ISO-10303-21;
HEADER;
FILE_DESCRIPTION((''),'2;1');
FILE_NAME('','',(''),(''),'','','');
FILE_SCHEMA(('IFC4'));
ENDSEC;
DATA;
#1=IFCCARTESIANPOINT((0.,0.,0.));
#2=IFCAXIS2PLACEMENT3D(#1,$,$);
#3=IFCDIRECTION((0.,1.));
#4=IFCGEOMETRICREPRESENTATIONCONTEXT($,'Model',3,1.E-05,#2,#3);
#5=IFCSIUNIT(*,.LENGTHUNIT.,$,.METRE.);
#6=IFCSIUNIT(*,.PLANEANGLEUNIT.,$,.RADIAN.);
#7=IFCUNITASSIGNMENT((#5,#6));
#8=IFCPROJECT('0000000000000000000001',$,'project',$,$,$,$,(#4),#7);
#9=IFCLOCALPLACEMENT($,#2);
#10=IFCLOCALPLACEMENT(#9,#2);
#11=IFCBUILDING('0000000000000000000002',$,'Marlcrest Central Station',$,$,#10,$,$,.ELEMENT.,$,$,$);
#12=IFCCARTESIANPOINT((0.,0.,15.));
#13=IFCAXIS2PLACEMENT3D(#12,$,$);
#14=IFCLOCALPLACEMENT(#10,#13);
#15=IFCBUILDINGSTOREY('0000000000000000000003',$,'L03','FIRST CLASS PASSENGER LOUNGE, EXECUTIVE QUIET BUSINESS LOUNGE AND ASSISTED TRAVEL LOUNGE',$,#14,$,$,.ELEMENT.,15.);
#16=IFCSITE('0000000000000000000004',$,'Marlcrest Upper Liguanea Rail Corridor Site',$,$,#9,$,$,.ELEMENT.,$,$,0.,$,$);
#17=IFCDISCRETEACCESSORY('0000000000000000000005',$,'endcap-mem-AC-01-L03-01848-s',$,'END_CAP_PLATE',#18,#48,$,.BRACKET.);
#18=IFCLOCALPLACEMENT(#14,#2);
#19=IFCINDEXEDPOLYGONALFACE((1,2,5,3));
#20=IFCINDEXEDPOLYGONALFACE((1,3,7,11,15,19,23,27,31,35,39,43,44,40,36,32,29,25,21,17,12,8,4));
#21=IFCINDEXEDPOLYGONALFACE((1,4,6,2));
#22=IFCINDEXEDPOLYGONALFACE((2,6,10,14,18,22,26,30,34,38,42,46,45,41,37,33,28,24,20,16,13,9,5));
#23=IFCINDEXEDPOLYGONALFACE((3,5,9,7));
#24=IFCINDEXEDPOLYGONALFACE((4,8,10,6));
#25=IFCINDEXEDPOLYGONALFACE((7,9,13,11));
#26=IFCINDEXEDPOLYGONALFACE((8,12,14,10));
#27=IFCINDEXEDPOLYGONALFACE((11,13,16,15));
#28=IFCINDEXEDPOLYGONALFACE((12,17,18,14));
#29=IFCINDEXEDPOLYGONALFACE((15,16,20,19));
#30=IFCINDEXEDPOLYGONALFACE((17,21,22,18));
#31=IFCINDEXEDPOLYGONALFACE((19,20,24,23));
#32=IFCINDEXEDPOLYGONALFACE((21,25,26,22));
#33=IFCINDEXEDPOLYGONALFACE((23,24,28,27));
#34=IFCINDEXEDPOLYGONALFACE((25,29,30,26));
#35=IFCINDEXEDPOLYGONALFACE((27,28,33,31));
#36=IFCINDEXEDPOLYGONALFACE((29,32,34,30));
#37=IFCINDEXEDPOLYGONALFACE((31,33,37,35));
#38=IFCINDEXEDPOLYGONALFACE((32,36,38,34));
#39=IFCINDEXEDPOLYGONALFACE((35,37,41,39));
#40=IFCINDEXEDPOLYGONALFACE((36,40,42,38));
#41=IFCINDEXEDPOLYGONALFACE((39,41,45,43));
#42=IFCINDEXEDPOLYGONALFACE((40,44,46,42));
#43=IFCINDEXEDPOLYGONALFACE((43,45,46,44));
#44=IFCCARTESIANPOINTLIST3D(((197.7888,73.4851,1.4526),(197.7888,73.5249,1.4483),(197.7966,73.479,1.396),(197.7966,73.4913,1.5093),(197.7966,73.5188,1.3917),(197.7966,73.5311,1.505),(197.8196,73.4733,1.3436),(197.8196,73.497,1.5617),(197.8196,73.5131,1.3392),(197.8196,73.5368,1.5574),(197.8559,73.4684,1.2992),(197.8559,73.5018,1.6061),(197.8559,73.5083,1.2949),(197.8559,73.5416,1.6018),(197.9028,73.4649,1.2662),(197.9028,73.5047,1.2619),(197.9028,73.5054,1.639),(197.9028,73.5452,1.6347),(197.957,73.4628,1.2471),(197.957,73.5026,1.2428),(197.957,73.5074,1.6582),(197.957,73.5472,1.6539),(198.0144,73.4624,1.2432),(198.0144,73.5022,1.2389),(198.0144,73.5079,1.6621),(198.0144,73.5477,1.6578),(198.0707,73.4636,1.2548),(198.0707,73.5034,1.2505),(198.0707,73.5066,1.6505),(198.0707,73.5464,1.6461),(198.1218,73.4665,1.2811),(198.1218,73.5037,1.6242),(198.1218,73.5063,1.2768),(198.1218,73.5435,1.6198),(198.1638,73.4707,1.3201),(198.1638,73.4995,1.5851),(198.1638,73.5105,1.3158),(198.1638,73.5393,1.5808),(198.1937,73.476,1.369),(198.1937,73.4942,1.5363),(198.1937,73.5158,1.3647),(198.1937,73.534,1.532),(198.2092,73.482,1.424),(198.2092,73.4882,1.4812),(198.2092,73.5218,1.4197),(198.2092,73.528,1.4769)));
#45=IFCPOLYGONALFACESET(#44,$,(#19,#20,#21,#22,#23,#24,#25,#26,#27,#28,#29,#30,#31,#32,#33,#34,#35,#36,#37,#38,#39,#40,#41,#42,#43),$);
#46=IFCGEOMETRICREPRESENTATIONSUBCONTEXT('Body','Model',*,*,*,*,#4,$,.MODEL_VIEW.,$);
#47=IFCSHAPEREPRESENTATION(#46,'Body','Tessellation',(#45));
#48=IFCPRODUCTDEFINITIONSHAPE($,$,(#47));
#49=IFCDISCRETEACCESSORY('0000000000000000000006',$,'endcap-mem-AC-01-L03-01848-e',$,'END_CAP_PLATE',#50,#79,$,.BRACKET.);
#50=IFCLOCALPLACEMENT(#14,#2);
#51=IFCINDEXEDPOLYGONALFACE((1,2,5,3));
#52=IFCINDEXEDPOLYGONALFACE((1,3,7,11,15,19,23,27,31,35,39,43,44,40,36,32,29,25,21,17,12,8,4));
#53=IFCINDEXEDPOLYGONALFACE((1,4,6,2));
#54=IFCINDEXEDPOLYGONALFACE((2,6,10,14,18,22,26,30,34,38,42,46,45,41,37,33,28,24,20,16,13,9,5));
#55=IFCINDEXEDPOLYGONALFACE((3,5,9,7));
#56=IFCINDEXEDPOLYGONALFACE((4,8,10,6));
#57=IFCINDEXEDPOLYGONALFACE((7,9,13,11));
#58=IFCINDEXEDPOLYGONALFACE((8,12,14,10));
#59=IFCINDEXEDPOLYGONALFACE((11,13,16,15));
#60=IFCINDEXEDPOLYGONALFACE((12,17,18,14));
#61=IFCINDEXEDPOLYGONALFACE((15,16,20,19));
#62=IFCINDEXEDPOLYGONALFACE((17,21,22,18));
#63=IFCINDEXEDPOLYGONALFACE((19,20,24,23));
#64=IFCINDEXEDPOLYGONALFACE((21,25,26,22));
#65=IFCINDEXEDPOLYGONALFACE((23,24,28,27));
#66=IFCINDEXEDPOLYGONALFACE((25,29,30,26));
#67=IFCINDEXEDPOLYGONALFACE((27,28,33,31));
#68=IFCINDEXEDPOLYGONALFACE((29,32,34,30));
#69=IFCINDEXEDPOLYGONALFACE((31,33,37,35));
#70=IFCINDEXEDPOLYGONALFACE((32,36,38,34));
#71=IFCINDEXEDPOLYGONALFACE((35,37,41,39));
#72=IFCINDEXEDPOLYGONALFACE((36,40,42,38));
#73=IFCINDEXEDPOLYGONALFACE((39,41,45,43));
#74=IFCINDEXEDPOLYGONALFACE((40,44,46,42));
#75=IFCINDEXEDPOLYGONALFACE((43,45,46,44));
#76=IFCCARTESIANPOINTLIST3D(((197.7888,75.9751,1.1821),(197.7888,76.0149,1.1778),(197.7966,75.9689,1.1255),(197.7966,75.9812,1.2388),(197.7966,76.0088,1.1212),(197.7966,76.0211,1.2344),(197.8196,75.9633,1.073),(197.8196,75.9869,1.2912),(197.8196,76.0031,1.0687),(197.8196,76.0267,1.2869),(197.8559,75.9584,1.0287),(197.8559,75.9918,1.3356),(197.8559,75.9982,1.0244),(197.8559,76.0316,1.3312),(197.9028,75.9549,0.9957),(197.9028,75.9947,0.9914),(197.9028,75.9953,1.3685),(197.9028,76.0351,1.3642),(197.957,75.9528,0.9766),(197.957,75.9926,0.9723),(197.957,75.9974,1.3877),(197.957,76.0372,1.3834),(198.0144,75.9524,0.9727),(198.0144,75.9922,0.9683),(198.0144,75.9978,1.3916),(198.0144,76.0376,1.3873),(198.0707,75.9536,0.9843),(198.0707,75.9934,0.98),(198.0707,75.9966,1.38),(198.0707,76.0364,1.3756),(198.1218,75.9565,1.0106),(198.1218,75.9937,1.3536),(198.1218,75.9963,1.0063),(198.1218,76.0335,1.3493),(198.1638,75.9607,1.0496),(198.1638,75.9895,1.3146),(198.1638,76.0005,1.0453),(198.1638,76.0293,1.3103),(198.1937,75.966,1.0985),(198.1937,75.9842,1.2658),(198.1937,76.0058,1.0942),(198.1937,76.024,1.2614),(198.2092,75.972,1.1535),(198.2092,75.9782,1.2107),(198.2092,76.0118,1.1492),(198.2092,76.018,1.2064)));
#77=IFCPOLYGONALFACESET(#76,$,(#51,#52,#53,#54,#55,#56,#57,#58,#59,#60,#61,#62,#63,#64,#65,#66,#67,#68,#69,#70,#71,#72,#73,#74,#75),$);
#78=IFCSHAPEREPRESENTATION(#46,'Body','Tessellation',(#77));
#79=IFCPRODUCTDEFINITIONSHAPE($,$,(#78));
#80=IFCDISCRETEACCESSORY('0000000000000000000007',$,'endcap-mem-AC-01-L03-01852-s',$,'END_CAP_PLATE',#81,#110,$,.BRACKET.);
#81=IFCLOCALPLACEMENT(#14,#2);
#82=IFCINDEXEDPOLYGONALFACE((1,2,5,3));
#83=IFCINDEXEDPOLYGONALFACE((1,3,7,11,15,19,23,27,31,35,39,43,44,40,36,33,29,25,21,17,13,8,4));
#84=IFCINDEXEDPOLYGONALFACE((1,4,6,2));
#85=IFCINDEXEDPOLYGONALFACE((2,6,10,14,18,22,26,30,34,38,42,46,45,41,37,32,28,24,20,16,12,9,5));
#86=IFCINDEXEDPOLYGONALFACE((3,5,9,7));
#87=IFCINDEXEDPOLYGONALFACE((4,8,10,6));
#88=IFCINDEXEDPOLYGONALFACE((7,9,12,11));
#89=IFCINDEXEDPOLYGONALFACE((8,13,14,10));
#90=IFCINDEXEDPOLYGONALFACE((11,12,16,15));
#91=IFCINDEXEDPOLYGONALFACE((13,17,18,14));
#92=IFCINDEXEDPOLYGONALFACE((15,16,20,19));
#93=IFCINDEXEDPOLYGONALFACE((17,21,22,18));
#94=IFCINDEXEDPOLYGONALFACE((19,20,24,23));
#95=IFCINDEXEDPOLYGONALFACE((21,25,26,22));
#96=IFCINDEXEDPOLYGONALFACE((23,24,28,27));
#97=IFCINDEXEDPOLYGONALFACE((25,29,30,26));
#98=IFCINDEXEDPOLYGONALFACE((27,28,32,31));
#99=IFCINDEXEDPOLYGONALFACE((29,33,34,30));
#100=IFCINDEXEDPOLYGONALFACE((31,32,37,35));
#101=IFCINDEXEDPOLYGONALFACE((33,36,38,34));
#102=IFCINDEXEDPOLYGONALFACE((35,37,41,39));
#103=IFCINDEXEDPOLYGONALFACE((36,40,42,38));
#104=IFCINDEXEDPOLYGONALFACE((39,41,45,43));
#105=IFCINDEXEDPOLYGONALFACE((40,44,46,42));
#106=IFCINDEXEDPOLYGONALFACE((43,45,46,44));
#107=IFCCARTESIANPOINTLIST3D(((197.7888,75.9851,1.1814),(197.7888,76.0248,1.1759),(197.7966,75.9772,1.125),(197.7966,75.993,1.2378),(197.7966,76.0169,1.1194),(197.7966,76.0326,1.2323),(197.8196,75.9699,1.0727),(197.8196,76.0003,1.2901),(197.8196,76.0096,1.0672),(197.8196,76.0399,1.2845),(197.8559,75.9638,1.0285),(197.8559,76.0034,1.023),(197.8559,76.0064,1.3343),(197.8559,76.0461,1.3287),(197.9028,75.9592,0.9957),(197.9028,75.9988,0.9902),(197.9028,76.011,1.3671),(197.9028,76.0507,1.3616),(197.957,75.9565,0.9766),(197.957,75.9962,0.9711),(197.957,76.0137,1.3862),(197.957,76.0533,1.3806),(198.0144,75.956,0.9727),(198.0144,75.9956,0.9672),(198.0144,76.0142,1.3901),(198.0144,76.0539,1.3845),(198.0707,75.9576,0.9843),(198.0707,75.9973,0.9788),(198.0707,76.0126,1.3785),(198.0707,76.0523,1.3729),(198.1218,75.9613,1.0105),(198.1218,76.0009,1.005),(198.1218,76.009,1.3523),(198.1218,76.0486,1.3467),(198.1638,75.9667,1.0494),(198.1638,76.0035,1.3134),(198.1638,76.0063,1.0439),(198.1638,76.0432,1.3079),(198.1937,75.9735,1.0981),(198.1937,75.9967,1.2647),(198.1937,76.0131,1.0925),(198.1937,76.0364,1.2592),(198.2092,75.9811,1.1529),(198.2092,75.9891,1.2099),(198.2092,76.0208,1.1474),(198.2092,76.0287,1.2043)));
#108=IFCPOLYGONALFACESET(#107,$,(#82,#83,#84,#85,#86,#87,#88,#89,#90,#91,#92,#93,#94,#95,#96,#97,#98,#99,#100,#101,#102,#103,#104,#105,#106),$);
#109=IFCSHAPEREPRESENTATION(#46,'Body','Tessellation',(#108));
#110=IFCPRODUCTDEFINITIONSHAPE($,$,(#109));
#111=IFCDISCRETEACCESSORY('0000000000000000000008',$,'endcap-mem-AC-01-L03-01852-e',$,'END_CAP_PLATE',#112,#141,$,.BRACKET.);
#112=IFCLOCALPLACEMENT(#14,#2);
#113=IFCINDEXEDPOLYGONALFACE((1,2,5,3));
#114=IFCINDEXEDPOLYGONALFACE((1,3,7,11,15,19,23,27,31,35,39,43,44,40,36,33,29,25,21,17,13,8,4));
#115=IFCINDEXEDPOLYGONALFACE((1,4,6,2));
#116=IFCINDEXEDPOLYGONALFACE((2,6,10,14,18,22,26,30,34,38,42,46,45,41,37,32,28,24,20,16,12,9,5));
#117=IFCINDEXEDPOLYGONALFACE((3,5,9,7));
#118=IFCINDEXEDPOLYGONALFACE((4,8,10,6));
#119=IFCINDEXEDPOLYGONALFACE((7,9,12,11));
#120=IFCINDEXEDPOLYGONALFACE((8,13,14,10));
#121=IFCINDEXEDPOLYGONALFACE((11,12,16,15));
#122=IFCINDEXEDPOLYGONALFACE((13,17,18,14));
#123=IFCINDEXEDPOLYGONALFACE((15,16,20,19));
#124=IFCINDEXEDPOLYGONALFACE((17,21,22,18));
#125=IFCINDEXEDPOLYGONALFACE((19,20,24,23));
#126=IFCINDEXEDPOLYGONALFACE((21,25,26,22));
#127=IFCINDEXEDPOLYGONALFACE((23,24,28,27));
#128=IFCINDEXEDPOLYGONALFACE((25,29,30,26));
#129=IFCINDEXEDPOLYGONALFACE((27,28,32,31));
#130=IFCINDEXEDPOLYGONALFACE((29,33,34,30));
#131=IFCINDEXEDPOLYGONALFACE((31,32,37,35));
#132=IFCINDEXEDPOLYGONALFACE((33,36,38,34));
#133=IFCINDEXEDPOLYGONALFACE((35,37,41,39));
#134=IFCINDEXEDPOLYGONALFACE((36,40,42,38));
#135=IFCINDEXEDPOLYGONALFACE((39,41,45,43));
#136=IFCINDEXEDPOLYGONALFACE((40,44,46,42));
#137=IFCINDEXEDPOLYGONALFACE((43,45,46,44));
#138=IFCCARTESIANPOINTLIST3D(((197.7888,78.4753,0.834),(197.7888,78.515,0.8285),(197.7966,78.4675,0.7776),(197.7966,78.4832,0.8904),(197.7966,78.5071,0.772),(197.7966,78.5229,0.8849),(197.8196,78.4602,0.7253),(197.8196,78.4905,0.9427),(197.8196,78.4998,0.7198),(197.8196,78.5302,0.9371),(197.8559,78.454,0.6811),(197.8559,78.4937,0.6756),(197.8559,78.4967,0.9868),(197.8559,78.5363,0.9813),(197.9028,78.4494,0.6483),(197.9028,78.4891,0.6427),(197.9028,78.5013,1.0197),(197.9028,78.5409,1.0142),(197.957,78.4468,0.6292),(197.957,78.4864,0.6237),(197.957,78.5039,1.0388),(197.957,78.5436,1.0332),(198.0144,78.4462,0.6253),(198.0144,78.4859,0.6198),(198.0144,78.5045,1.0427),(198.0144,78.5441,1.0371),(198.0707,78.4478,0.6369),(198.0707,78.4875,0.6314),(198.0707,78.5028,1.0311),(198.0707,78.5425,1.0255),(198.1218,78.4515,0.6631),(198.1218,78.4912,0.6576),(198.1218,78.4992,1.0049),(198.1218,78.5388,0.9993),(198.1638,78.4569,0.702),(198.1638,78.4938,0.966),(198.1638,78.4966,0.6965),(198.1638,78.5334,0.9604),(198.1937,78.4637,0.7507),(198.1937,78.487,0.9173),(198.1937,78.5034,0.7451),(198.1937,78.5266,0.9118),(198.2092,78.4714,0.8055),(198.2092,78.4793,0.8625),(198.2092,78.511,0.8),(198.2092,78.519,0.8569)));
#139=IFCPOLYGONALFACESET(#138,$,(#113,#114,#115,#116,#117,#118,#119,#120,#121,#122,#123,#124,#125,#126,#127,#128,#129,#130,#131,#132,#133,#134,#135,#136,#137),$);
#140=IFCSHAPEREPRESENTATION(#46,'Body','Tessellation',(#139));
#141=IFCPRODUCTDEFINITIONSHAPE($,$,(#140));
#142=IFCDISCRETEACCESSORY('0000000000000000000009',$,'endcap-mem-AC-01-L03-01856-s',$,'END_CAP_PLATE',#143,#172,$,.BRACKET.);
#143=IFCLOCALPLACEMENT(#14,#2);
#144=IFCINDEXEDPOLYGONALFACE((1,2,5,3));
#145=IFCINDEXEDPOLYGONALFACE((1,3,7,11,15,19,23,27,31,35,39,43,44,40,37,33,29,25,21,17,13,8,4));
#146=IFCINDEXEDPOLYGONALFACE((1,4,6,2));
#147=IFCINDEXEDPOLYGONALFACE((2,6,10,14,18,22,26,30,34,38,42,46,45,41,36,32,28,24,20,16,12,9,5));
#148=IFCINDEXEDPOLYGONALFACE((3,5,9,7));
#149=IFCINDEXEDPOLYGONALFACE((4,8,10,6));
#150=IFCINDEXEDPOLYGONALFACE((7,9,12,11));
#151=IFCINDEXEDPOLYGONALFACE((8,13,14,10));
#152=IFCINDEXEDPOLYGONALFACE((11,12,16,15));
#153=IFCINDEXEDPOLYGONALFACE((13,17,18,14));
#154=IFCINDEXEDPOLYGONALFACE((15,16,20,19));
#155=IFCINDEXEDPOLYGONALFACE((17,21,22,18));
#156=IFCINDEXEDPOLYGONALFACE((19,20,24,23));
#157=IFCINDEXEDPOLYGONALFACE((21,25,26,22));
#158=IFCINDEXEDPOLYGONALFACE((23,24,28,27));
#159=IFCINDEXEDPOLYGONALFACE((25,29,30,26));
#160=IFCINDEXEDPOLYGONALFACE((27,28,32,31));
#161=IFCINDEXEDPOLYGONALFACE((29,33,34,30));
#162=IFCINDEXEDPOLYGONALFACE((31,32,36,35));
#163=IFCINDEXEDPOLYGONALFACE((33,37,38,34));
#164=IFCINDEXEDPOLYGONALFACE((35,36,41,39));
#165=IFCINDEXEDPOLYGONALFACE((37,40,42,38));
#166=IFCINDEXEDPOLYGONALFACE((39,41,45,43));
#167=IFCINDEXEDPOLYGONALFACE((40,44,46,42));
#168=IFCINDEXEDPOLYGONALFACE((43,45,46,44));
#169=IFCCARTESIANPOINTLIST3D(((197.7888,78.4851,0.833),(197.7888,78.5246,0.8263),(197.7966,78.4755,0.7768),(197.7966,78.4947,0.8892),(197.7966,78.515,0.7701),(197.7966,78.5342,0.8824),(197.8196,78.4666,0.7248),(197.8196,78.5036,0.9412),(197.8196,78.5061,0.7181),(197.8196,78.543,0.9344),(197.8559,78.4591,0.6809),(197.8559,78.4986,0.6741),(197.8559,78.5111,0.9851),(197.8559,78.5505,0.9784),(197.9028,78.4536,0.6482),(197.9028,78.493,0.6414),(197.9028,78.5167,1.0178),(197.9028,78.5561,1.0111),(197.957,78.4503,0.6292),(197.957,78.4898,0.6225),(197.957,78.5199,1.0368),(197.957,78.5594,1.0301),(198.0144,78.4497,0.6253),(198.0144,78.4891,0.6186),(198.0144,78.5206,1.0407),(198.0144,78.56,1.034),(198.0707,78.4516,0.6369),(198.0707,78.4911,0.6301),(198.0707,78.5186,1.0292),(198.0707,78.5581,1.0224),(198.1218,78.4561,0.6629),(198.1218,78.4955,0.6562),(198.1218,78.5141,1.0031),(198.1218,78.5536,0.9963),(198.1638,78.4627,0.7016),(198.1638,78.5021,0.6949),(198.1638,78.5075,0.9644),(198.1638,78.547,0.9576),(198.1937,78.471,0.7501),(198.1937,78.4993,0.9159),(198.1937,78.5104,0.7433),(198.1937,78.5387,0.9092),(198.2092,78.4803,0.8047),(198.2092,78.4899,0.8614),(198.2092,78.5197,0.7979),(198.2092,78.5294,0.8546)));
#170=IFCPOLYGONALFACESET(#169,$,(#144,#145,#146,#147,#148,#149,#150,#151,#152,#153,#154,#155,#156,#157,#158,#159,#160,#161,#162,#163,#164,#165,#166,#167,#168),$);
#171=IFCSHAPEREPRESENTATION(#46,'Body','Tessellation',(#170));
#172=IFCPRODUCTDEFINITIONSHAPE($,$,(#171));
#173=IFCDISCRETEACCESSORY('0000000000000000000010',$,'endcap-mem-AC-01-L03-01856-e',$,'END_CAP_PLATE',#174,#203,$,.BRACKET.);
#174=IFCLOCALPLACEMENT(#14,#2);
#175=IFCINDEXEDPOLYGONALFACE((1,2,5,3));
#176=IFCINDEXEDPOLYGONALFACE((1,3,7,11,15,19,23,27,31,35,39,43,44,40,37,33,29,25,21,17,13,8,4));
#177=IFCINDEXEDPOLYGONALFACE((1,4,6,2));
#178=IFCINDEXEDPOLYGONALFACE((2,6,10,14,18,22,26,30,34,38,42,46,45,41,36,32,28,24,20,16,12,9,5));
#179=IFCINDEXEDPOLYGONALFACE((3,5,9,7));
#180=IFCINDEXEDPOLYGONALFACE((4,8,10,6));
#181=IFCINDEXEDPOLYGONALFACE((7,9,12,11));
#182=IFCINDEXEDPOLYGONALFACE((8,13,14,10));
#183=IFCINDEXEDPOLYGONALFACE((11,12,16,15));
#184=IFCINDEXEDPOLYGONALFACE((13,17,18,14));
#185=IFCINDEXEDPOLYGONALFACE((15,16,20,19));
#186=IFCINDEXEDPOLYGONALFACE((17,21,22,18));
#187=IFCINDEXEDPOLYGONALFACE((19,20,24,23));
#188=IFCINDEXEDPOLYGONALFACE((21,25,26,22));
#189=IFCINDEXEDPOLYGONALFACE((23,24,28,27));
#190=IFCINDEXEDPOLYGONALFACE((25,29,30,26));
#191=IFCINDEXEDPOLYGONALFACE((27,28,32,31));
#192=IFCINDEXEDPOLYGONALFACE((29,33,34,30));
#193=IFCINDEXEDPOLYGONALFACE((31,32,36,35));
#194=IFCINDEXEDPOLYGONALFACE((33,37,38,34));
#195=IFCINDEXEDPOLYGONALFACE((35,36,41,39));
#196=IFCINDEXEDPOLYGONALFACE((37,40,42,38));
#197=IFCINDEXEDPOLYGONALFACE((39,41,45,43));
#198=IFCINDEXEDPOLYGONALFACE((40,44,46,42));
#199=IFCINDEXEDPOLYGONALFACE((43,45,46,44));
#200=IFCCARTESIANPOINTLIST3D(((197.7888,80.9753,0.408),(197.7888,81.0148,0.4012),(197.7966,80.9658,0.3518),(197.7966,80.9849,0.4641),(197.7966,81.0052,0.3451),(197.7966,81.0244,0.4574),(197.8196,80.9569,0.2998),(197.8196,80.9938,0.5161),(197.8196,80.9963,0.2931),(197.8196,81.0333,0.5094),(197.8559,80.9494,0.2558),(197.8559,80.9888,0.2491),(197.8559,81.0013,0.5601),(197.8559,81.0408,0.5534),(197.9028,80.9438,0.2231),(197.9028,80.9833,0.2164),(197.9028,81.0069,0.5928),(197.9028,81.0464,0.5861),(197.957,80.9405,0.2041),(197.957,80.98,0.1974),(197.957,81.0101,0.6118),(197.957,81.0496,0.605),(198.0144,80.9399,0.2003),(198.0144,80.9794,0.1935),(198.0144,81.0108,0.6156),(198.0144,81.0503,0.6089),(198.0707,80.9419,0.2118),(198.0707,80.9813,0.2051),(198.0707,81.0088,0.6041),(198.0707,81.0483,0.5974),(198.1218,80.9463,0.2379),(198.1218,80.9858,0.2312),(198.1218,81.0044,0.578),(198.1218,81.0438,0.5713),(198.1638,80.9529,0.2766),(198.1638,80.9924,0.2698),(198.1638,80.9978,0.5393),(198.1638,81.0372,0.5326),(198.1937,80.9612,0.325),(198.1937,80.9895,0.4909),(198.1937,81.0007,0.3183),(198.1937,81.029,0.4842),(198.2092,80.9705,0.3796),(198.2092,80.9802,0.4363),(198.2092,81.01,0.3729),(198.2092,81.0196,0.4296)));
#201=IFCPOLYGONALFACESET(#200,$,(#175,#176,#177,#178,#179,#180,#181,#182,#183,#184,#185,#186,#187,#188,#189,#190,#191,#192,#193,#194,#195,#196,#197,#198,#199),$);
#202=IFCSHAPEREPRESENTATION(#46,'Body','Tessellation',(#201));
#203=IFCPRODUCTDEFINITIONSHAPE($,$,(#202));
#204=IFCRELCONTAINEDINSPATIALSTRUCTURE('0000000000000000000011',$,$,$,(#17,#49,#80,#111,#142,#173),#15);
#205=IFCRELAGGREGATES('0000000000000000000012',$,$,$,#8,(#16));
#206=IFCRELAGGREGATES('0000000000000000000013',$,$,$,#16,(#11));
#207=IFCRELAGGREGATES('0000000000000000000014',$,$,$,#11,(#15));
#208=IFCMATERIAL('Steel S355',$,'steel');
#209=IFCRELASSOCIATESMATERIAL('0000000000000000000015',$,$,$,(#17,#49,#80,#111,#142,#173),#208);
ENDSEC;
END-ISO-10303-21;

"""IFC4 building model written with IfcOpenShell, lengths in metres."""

from ifc_helpers import new_model, si_unit, direction, frame, origin, origin_2d, place, context, subcontext, project, spatial, circle, extrude, material, element, save


model = new_model("IFC4")

# Units and contexts
model_context = context("Model", 3, precision=1e-05, world=origin(), true_north=direction((0.0, 1.0)))
body_context = subcontext(model_context, "Body", "Model", "MODEL_VIEW")
ifc_project = project(units=[si_unit("LENGTHUNIT", "METRE"), si_unit("PLANEANGLEUNIT", "RADIAN")], contexts=[model_context])

# Site, building, storey
site_placement = place(None, origin())
site = spatial("IfcSite", under=ifc_project, at=site_placement, Name="Marlcrest Upper Liguanea Rail Corridor Site", CompositionType="ELEMENT", RefElevation=0.0)
building_placement = place(site_placement, origin())
building = spatial("IfcBuilding", under=site, at=building_placement, Name="Marlcrest Central Station", CompositionType="ELEMENT")
storey_placement = place(building_placement, frame((0.0, 0.0, 15.0)))
storey = spatial("IfcBuildingStorey", under=building, at=storey_placement, Name="L03", Description="FIRST CLASS PASSENGER LOUNGE, EXECUTIVE QUIET BUSINESS LOUNGE AND ASSISTED TRAVEL LOUNGE", CompositionType="ELEMENT", Elevation=15.0)

# Shared definitions
ifc_material_1 = material(Name="Steel S355", Category="steel")

# Discrete accessories
for number, where, z_axis, x_axis, name in (
    (1, (198.0, 73.4851, 1.4526), (0.0, 0.994155, -0.107959), (-1.0, 0.0, 0.0), "endcap-mem-AC-01-L03-01848-s"),
    (2, (198.0, 75.9751, 1.1821), (0.0, 0.994155, -0.107959), (-1.0, 0.0, 0.0), "endcap-mem-AC-01-L03-01848-e"),
    (3, (198.0, 75.9851, 1.1814), (0.0, 0.990403, -0.138211), (-1.0, 0.0, 0.0), "endcap-mem-AC-01-L03-01852-s"),
    (4, (198.0, 78.4753, 0.834), (0.0, 0.990403, -0.138211), (-1.0, 0.0, 0.0), "endcap-mem-AC-01-L03-01852-e"),
    (5, (198.0, 78.4851, 0.833), (0.0, 0.985741, -0.168269), (-1.0, 0.0, 0.0), "endcap-mem-AC-01-L03-01856-s"),
    (6, (198.0, 80.9753, 0.408), (0.0, 0.985741, -0.168269), (-1.0, 0.0, 0.0), "endcap-mem-AC-01-L03-01856-e"),
):
    element("IfcDiscreteAccessory", number, at=place(storey_placement, frame(where, z_axis=z_axis, x_axis=x_axis)), inside=storey, material=ifc_material_1, Name=name, ObjectType="END_CAP_PLATE", PredefinedType="BRACKET", context=body_context, shape_type="SweptSolid", body=[
        extrude(circle(Radius=0.2112, at=origin_2d()), origin(), (0.0, 0.0, 1.0), 0.04),
    ])

save(model, "model.ifc")
